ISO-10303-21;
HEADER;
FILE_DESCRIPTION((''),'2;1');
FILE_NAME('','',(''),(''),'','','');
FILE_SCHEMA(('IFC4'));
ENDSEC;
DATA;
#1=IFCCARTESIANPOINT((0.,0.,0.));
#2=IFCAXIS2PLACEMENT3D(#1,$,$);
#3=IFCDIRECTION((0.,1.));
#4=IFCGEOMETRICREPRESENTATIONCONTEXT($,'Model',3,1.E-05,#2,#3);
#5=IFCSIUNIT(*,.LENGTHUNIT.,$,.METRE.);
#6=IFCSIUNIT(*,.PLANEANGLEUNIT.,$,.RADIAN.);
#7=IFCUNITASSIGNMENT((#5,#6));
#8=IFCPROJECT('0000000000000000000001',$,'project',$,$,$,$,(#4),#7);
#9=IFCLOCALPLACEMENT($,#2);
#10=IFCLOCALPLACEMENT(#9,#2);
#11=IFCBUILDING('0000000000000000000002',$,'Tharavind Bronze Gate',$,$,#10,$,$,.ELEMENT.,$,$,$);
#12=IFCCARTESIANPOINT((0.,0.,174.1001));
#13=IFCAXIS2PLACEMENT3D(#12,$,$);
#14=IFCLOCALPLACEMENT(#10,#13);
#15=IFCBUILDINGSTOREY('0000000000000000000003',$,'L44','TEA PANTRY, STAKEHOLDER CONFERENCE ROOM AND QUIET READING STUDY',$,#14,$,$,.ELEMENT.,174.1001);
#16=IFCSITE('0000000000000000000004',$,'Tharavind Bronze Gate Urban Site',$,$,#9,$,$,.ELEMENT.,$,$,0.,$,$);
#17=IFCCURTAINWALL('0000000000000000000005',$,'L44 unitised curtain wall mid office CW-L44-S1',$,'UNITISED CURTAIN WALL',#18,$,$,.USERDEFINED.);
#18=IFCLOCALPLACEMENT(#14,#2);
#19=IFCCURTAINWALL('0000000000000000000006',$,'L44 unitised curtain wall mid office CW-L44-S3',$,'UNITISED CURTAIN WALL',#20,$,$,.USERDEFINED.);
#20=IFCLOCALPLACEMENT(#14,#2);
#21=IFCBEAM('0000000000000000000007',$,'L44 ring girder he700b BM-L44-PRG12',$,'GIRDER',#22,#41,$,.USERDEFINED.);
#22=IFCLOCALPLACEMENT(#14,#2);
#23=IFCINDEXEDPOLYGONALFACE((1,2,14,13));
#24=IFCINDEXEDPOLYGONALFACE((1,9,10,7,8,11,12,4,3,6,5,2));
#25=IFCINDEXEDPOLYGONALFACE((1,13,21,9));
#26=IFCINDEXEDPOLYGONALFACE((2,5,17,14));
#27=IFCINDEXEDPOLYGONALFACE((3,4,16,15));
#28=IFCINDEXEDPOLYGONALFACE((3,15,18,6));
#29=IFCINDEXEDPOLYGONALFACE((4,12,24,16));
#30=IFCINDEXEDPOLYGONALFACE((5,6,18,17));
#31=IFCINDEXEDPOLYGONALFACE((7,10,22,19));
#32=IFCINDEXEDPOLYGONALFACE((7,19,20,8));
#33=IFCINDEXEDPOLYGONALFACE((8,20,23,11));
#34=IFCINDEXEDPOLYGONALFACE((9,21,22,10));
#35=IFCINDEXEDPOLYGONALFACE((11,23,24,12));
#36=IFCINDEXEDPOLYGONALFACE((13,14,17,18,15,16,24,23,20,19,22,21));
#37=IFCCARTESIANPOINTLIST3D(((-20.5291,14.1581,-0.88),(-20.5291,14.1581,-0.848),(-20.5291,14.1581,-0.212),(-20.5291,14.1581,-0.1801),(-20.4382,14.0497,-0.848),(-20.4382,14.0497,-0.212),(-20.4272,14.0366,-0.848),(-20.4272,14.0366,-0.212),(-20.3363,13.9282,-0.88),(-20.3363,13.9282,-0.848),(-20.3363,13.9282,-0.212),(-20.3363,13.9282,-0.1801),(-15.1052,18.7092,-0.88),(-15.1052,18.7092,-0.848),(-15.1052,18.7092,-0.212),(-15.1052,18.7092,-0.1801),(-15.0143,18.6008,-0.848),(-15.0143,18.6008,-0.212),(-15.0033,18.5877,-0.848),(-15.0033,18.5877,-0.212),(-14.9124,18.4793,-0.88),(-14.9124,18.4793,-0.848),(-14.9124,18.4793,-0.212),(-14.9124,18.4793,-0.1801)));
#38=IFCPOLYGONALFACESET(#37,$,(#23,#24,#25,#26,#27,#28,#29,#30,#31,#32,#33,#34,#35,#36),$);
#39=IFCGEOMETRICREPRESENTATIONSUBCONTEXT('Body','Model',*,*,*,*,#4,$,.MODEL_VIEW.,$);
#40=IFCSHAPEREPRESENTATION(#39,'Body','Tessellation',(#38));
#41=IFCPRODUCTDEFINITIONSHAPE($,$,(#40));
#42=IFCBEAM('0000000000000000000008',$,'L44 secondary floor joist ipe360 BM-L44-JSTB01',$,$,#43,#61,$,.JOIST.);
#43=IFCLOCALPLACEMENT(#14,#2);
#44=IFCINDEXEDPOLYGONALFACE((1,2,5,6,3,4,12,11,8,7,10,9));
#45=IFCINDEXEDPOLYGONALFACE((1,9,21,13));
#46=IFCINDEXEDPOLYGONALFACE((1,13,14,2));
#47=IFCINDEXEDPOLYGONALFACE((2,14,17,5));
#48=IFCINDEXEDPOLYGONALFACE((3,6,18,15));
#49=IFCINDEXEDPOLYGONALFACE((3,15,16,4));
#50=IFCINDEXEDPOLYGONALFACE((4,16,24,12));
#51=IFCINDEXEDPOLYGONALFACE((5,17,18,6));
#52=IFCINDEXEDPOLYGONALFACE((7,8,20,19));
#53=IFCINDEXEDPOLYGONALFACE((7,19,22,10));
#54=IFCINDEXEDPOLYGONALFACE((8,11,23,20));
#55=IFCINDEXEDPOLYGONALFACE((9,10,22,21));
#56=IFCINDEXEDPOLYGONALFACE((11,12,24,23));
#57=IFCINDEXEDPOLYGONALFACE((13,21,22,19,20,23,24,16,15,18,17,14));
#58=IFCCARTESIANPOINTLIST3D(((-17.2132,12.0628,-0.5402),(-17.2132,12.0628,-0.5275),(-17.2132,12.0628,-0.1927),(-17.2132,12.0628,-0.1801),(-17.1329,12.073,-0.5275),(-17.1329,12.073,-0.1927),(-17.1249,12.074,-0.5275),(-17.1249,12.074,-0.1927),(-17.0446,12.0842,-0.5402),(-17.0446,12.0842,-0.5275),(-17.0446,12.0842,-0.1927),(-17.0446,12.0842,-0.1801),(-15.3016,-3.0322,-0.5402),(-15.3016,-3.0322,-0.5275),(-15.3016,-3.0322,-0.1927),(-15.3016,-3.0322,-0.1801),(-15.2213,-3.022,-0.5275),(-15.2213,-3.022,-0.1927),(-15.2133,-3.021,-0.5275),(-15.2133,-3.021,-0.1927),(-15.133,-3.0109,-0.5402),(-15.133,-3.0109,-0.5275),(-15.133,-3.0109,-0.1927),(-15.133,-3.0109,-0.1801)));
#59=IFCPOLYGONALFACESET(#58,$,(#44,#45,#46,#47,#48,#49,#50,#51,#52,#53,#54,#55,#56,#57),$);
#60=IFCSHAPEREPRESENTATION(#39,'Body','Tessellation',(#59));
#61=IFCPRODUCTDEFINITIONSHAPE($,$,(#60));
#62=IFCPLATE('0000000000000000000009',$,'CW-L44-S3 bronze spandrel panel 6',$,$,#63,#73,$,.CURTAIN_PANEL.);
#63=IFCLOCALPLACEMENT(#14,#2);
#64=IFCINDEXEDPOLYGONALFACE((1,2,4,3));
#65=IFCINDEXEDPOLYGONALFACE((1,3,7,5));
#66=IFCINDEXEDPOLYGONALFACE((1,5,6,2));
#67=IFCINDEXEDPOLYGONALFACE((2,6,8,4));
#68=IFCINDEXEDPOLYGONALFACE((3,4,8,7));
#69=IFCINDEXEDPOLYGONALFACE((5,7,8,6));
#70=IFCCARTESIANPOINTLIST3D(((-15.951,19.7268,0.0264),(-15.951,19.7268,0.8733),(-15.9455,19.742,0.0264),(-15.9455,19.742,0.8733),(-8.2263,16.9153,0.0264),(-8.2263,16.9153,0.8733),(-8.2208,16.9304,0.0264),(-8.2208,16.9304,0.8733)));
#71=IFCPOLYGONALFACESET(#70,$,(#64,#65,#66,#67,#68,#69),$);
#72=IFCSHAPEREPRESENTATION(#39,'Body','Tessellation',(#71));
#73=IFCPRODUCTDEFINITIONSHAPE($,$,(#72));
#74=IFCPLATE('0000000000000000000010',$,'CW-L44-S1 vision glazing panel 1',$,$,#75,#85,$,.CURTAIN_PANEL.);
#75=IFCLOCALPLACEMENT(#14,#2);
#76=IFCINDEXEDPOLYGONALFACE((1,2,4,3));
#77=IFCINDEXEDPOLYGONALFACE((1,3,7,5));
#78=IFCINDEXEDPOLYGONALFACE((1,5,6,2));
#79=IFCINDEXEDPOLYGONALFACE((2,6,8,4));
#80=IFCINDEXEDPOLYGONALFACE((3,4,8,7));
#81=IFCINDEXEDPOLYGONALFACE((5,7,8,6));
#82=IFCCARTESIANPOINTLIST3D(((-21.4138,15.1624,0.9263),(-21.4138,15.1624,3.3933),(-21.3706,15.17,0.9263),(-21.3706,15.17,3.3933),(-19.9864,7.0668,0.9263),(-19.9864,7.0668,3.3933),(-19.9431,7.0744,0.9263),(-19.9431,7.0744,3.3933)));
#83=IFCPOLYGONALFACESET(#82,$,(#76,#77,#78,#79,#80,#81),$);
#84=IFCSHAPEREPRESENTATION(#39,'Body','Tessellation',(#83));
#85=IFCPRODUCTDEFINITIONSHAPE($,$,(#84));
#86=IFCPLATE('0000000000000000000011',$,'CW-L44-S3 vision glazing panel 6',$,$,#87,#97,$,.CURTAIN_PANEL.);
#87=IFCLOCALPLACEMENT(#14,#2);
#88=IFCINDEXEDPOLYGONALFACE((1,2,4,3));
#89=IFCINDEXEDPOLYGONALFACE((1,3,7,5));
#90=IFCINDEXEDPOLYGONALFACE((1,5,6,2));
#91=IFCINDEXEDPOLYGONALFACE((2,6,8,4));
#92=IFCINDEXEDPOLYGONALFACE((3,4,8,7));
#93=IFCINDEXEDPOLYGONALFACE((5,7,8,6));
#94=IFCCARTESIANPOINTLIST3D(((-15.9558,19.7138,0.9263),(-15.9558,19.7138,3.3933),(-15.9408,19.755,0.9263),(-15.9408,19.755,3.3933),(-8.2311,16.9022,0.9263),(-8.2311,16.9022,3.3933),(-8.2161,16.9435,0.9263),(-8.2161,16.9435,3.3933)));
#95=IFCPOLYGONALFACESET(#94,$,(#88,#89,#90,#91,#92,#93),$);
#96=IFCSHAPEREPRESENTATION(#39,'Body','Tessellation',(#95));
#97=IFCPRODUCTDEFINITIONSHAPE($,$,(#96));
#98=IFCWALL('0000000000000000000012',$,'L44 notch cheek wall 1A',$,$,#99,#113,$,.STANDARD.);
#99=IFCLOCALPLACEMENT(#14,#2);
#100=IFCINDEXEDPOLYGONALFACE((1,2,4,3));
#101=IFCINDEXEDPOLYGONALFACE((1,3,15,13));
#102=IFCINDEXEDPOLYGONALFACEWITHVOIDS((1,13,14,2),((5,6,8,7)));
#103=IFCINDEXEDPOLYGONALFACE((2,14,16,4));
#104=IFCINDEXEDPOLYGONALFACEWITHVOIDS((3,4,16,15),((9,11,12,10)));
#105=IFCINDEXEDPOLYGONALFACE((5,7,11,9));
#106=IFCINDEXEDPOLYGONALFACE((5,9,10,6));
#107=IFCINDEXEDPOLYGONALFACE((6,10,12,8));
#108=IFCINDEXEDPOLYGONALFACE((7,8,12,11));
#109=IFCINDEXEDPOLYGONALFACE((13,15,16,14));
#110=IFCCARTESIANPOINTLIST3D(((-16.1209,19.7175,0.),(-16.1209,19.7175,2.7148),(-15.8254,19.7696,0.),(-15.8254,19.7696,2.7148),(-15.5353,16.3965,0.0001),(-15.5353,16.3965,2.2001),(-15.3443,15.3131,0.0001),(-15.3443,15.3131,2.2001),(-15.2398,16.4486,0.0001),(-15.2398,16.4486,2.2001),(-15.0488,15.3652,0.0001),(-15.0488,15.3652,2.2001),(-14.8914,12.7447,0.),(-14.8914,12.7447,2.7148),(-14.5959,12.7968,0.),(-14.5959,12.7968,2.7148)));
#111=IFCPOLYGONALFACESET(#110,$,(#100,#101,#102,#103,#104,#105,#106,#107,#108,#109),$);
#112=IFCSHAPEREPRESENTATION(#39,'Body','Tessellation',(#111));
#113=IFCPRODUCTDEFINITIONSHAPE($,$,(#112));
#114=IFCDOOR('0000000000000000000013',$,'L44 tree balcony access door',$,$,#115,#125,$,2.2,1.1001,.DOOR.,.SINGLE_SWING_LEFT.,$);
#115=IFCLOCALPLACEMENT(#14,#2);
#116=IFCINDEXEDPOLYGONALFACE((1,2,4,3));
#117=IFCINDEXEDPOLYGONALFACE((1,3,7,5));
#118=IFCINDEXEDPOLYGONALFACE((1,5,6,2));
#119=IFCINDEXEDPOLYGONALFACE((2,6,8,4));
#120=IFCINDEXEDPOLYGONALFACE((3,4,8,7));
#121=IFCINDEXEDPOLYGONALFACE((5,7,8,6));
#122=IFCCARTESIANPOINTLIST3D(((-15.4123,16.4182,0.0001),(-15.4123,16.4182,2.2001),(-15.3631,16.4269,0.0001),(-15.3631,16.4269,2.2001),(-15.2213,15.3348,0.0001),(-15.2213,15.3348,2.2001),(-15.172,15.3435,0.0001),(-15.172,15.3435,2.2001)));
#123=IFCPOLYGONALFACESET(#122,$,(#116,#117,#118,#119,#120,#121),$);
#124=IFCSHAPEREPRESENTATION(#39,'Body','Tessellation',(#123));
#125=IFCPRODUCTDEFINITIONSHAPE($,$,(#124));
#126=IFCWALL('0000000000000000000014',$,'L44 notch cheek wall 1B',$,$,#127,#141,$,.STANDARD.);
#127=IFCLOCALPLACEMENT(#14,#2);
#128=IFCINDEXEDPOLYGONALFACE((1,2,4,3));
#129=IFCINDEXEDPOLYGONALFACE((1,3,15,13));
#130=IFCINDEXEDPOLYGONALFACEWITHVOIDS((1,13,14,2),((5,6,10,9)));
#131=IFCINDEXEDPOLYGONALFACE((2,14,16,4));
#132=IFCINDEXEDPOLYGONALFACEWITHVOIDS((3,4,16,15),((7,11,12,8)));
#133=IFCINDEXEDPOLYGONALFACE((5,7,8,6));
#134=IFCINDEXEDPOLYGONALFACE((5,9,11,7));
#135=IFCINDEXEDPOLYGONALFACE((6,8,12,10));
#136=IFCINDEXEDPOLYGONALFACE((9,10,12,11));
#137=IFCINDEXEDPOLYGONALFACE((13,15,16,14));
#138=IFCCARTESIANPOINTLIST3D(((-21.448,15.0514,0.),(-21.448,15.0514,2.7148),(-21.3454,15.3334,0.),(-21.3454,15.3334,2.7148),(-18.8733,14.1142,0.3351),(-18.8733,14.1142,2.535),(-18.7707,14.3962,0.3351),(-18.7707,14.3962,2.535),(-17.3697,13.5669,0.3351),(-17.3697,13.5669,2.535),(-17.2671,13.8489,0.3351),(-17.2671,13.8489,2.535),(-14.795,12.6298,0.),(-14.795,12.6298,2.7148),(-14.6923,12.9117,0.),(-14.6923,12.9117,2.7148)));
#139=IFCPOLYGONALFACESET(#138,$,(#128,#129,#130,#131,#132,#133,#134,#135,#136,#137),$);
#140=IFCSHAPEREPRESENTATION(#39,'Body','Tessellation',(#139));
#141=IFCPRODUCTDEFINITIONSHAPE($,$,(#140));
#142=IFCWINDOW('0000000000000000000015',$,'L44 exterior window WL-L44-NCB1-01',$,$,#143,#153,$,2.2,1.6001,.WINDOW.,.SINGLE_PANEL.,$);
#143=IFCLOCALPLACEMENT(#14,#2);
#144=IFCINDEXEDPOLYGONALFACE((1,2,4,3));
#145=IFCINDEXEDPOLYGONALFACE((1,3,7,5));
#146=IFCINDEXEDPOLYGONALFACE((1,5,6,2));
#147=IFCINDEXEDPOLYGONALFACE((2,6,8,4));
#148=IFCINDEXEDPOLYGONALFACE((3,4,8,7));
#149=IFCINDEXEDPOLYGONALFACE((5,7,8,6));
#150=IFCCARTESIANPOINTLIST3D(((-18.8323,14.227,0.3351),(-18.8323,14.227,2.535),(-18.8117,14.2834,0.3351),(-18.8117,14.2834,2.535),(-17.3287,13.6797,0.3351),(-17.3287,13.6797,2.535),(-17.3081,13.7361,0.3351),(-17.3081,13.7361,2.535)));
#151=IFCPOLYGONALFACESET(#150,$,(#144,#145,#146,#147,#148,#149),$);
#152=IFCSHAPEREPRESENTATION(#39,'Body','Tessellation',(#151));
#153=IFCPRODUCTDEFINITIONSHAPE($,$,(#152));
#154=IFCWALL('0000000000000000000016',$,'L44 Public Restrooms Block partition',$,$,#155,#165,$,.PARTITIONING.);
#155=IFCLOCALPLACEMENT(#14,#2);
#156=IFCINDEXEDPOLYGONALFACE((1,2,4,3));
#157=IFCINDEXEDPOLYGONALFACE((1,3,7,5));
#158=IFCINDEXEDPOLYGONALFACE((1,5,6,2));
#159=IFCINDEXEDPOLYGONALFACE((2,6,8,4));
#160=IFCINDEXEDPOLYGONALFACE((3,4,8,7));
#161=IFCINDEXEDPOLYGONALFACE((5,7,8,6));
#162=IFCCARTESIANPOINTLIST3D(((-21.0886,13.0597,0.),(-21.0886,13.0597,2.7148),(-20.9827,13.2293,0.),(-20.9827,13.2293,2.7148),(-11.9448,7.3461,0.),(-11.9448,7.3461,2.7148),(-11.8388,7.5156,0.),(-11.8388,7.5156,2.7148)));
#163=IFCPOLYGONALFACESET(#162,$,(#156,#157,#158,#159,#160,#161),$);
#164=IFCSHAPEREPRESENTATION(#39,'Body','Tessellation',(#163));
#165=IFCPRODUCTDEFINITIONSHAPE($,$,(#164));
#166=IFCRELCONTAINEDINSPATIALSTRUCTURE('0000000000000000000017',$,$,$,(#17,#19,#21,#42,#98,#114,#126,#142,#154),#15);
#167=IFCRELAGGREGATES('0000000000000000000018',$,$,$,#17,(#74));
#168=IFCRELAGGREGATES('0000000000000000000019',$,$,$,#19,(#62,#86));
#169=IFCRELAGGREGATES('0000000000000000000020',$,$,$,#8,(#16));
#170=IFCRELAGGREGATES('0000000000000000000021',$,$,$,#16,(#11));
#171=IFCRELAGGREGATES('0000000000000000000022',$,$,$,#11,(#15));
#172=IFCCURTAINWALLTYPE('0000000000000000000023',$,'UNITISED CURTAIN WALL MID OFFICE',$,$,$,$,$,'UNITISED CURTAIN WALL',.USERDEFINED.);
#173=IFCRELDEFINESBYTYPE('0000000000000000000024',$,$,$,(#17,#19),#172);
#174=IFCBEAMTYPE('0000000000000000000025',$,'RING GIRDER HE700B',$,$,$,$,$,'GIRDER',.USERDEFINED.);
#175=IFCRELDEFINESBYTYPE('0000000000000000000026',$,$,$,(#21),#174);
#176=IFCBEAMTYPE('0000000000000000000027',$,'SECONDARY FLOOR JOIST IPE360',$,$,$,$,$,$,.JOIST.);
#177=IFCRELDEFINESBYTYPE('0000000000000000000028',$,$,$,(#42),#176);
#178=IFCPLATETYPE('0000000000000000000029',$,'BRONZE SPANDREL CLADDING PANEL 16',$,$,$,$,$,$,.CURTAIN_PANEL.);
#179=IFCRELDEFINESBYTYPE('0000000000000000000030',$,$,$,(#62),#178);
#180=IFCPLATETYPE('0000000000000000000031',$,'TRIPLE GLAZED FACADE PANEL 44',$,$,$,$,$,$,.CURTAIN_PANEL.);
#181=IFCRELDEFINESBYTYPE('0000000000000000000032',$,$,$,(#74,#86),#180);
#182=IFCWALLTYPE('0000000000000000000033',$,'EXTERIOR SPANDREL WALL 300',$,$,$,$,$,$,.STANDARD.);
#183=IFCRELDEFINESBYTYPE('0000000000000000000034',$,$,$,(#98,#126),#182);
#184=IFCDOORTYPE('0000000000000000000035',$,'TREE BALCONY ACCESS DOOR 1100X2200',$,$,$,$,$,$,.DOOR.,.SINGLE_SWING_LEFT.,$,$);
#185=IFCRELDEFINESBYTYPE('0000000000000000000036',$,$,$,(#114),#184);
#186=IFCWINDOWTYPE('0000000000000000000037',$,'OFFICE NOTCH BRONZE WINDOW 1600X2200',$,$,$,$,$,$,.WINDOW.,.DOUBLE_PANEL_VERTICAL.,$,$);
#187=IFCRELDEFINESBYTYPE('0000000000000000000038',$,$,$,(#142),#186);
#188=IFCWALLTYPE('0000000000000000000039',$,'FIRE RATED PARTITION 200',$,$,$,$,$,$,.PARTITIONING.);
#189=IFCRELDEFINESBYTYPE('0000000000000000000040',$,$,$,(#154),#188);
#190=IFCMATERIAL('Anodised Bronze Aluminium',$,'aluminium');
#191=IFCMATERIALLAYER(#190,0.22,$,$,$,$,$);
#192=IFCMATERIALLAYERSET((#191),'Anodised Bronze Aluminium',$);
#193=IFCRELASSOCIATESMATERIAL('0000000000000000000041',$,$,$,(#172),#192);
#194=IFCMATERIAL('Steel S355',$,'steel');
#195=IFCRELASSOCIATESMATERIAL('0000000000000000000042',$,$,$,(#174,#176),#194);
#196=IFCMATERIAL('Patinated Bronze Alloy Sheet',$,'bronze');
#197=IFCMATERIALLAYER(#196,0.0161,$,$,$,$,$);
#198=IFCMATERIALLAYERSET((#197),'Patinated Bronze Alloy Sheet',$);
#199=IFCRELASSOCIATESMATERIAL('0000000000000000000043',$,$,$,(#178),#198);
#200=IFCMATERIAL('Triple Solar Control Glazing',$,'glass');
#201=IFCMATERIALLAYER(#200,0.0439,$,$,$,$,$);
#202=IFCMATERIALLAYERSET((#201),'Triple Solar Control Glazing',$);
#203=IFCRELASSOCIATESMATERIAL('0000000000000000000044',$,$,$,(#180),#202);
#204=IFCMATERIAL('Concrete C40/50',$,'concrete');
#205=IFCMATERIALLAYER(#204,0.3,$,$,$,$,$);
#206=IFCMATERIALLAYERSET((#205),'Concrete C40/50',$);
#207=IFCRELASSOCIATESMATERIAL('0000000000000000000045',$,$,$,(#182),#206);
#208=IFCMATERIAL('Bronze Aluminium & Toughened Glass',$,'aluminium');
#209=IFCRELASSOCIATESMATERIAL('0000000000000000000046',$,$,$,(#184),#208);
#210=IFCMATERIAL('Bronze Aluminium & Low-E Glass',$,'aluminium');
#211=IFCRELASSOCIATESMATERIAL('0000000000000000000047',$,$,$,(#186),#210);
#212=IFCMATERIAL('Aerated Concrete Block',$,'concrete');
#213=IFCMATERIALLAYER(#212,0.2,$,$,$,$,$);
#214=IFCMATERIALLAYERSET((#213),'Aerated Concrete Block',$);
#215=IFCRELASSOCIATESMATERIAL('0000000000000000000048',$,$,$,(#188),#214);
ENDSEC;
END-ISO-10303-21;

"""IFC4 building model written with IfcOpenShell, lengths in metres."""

from ifc_helpers import new_model, si_unit, direction, frame, frame_2d, origin, origin_2d, place, context, subcontext, project, spatial, rectangle, i_section, extrude, material, layer, layer_set, material_profile, profile_set, type_object, element, fill, aggregate, save


model = new_model("IFC4")

# Units and contexts
model_context = context("Model", 3, precision=1e-05, world=origin(), true_north=direction((0.0, 1.0)))
body_context = subcontext(model_context, "Body", "Model", "MODEL_VIEW")
ifc_project = project(units=[si_unit("LENGTHUNIT", "METRE"), si_unit("PLANEANGLEUNIT", "RADIAN")], contexts=[model_context])

# Site, building, storey
site_placement = place(None, origin())
site = spatial("IfcSite", under=ifc_project, at=site_placement, Name="Tharavind Bronze Gate Urban Site", CompositionType="ELEMENT", RefElevation=0.0)
building_placement = place(site_placement, origin())
building = spatial("IfcBuilding", under=site, at=building_placement, Name="Tharavind Bronze Gate", CompositionType="ELEMENT")
storey_placement = place(building_placement, frame((0.0, 0.0, 174.1001)))
storey = spatial("IfcBuildingStorey", under=building, at=storey_placement, Name="L44", Description="TEA PANTRY, STAKEHOLDER CONFERENCE ROOM AND QUIET READING STUDY", CompositionType="ELEMENT", Elevation=174.1001)

# Curtain wall
ifc_material_1 = material(Name="Anodised Bronze Aluminium", Category="aluminium")
ifc_layer_1 = layer(ifc_material_1, 0.22)
ifc_layer_set_1 = layer_set([ifc_layer_1], Name="Anodised Bronze Aluminium")
curtain_wall_type = type_object("IfcCurtainWallType", Name="UNITISED CURTAIN WALL MID OFFICE", ElementType="UNITISED CURTAIN WALL", PredefinedType="USERDEFINED", material=ifc_layer_set_1)
curtain_wall_1_placement = place(storey_placement, origin())
curtain_wall_1 = element("IfcCurtainWall", 1, at=curtain_wall_1_placement, inside=storey, type_object=curtain_wall_type, Name="L44 unitised curtain wall mid office CW-L44-S1", ObjectType="UNITISED CURTAIN WALL", PredefinedType="USERDEFINED")

# Curtain wall
curtain_wall_2_placement = place(storey_placement, origin())
curtain_wall_2 = element("IfcCurtainWall", 2, at=curtain_wall_2_placement, inside=storey, type_object=curtain_wall_type, Name="L44 unitised curtain wall mid office CW-L44-S3", ObjectType="UNITISED CURTAIN WALL", PredefinedType="USERDEFINED")

# Beams
ifc_material_2 = material(Name="Steel S355", Category="steel")
ifc_material_profile_1 = material_profile(ifc_material_2, i_section(OverallWidth=0.3, OverallDepth=0.7, WebThickness=0.0171, FlangeThickness=0.032, at=origin_2d()), Name="HE700B")
ifc_profile_set_1 = profile_set([ifc_material_profile_1], Name="Steel S355")
beam_type_1 = type_object("IfcBeamType", Name="RING GIRDER HE700B", ElementType="GIRDER", PredefinedType="USERDEFINED", material=ifc_profile_set_1)
beam_1_placement = place(storey_placement, frame((-15.0088, 18.5942, -0.53), z_axis=(-0.766052, -0.642779, 0.0), x_axis=(0.642779, -0.766052, 0.0)))
element("IfcBeam", 3, at=beam_1_placement, inside=storey, type_object=beam_type_1, Name="L44 ring girder he700b BM-L44-PRG12", ObjectType="GIRDER", PredefinedType="USERDEFINED", context=body_context, shape_type="SweptSolid", body=[
    extrude(i_section(OverallWidth=0.3, OverallDepth=0.7, WebThickness=0.0171, FlangeThickness=0.032, at=origin_2d()), origin(), (0.0, 0.0, 1.0), 7.0803),
])
ifc_material_profile_2 = material_profile(ifc_material_2, i_section(OverallWidth=0.1699, OverallDepth=0.3601, WebThickness=0.0081, FlangeThickness=0.0127, at=origin_2d()), Name="IPE360")
ifc_profile_set_2 = profile_set([ifc_material_profile_2], Name="Steel S355")
beam_type_2 = type_object("IfcBeamType", Name="SECONDARY FLOOR JOIST IPE360", PredefinedType="JOIST", material=ifc_profile_set_2)
beam_2_placement = place(storey_placement, frame((-17.1289, 12.0735, -0.3601), z_axis=(0.125636, -0.992076, 0.0), x_axis=(0.992076, 0.125636, 0.0)))
element("IfcBeam", 4, at=beam_2_placement, inside=storey, type_object=beam_type_2, Name="L44 secondary floor joist ipe360 BM-L44-JSTB01", PredefinedType="JOIST", context=body_context, shape_type="SweptSolid", body=[
    extrude(i_section(OverallWidth=0.1699, OverallDepth=0.3601, WebThickness=0.0081, FlangeThickness=0.0127, at=origin_2d()), origin(), (0.0, 0.0, 1.0), 15.2156),
])

# Plates
ifc_material_3 = material(Name="Patinated Bronze Alloy Sheet", Category="bronze")
ifc_layer_2 = layer(ifc_material_3, 0.0161)
ifc_layer_set_2 = layer_set([ifc_layer_2], Name="Patinated Bronze Alloy Sheet")
plate_type_1 = type_object("IfcPlateType", Name="BRONZE SPANDREL CLADDING PANEL 16", PredefinedType="CURTAIN_PANEL", material=ifc_layer_set_2)
plate_1_placement = place(storey_placement, frame((-12.0859, 18.3286, 0.0264), z_axis=(0.0, 0.0, 1.0), x_axis=(-0.939692, 0.342022, 0.0)))
plate_1 = element("IfcPlate", 5, at=plate_1_placement, type_object=plate_type_1, Name="CW-L44-S3 bronze spandrel panel 6", PredefinedType="CURTAIN_PANEL", context=body_context, shape_type="SweptSolid", body=[
    extrude(rectangle(XDim=8.2205, YDim=0.0161, at=origin_2d()), origin(), (0.0, 0.0, 1.0), 0.8469),
])
ifc_material_4 = material(Name="Triple Solar Control Glazing", Category="glass")
ifc_layer_3 = layer(ifc_material_4, 0.0439)
ifc_layer_set_3 = layer_set([ifc_layer_3], Name="Triple Solar Control Glazing")
plate_type_2 = type_object("IfcPlateType", Name="TRIPLE GLAZED FACADE PANEL 44", PredefinedType="CURTAIN_PANEL", material=ifc_layer_set_3)
plate_2_placement = place(storey_placement, frame((-20.6785, 11.1184, 0.9263), z_axis=(0.0, 0.0, 1.0), x_axis=(0.173648, -0.984808, 0.0)))
plate_2 = element("IfcPlate", 6, at=plate_2_placement, type_object=plate_type_2, Name="CW-L44-S1 vision glazing panel 1", PredefinedType="CURTAIN_PANEL", context=body_context, shape_type="SweptSolid", body=[
    extrude(rectangle(XDim=8.2205, YDim=0.0439, at=origin_2d()), origin(), (0.0, 0.0, 1.0), 2.467),
])
aggregate(curtain_wall_1, [plate_2])
plate_3_placement = place(storey_placement, frame((-12.0859, 18.3286, 0.9263), z_axis=(0.0, 0.0, 1.0), x_axis=(-0.939692, 0.342022, 0.0)))
plate_3 = element("IfcPlate", 7, at=plate_3_placement, type_object=plate_type_2, Name="CW-L44-S3 vision glazing panel 6", PredefinedType="CURTAIN_PANEL", context=body_context, shape_type="SweptSolid", body=[
    extrude(rectangle(XDim=8.2205, YDim=0.0439, at=origin_2d()), origin(), (0.0, 0.0, 1.0), 2.467),
])
aggregate(curtain_wall_2, [plate_1, plate_3])

# Wall, opening, door
ifc_material_5 = material(Name="Concrete C40/50", Category="concrete")
ifc_layer_4 = layer(ifc_material_5, 0.3)
ifc_layer_set_4 = layer_set([ifc_layer_4], Name="Concrete C40/50")
wall_type_1 = type_object("IfcWallType", Name="EXTERIOR SPANDREL WALL 300", PredefinedType="STANDARD", material=ifc_layer_set_4)
wall_1_placement = place(storey_placement, frame((-15.9731, 19.7434, 0.0), z_axis=(0.0, 0.0, 1.0), x_axis=(0.173652, -0.984807, 0.0)))
wall_1 = element("IfcWall", 8, at=wall_1_placement, inside=storey, type_object=wall_type_1, Name="L44 notch cheek wall 1A", PredefinedType="STANDARD", context=body_context, shape_type="SweptSolid", body=[
    extrude(rectangle(XDim=7.0803, YDim=0.3, at=frame_2d((3.54, 0.0))), origin(), (0.0, 0.0, 1.0), 2.7148),
])
opening_1_placement = place(wall_1_placement, frame((3.3721, 0.0, 0.0)))
opening_1 = element("IfcOpeningElement", 9, at=opening_1_placement, cuts=wall_1, PredefinedType="OPENING", context=body_context, shape_type="SweptSolid", body=[
    extrude(rectangle(XDim=1.1001, YDim=2.2, at=frame_2d((0.55, 1.1001))), frame((0.0, 0.1599, 0.0), z_axis=(0.0, -1.0, 0.0), x_axis=(1.0, 0.0, 0.0)), (0.0, 0.0, 1.0), 0.32),
])
ifc_material_6 = material(Name="Bronze Aluminium & Toughened Glass", Category="aluminium")
door_type = type_object("IfcDoorType", Name="TREE BALCONY ACCESS DOOR 1100X2200", OperationType="SINGLE_SWING_LEFT", PredefinedType="DOOR", material=ifc_material_6)
door_placement = place(opening_1_placement, origin())
door = element("IfcDoor", 10, at=door_placement, inside=storey, type_object=door_type, Name="L44 tree balcony access door", OperationType="SINGLE_SWING_LEFT", OverallHeight=2.2, OverallWidth=1.1001, PredefinedType="DOOR", context=body_context, shape_type="SweptSolid", body=[
    extrude(rectangle(XDim=1.1001, YDim=2.2, at=frame_2d((0.55, 1.1001))), frame((0.0, 0.0249, 0.0), z_axis=(0.0, -1.0, 0.0), x_axis=(1.0, 0.0, 0.0)), (0.0, 0.0, 1.0), 0.05),
])
fill(opening_1, door)

# Wall, opening, window
wall_2_placement = place(storey_placement, frame((-14.7437, 12.7708, 0.0), z_axis=(0.0, 0.0, 1.0), x_axis=(-0.939688, 0.342034, 0.0)))
wall_2 = element("IfcWall", 11, at=wall_2_placement, inside=storey, type_object=wall_type_1, Name="L44 notch cheek wall 1B", PredefinedType="STANDARD", context=body_context, shape_type="SweptSolid", body=[
    extrude(rectangle(XDim=7.0801, YDim=0.3, at=frame_2d((3.54, 0.0))), origin(), (0.0, 0.0, 1.0), 2.7148),
])
opening_2_placement = place(wall_2_placement, frame((2.74, 0.0, 0.335)))
opening_2 = element("IfcOpeningElement", 12, at=opening_2_placement, cuts=wall_2, PredefinedType="OPENING", context=body_context, shape_type="SweptSolid", body=[
    extrude(rectangle(XDim=1.6001, YDim=2.2, at=frame_2d((0.8, 1.1001))), frame((0.0, 0.1599, 0.0), z_axis=(0.0, -1.0, 0.0), x_axis=(1.0, 0.0, 0.0)), (0.0, 0.0, 1.0), 0.32),
])
ifc_material_7 = material(Name="Bronze Aluminium & Low-E Glass", Category="aluminium")
window_type = type_object("IfcWindowType", Name="OFFICE NOTCH BRONZE WINDOW 1600X2200", PartitioningType="DOUBLE_PANEL_VERTICAL", PredefinedType="WINDOW", material=ifc_material_7)
window_placement = place(opening_2_placement, origin())
window = element("IfcWindow", 13, at=window_placement, inside=storey, type_object=window_type, Name="L44 exterior window WL-L44-NCB1-01", OverallHeight=2.2, OverallWidth=1.6001, PartitioningType="SINGLE_PANEL", PredefinedType="WINDOW", context=body_context, shape_type="SweptSolid", body=[
    extrude(rectangle(XDim=1.6001, YDim=2.2, at=frame_2d((0.8, 1.1001))), frame((0.0, 0.03, 0.0), z_axis=(0.0, -1.0, 0.0), x_axis=(1.0, 0.0, 0.0)), (0.0, 0.0, 1.0), 0.0601),
])
fill(opening_2, window)

# Wall
ifc_material_8 = material(Name="Aerated Concrete Block", Category="concrete")
ifc_layer_5 = layer(ifc_material_8, 0.2)
ifc_layer_set_5 = layer_set([ifc_layer_5], Name="Aerated Concrete Block")
wall_type_2 = type_object("IfcWallType", Name="FIRE RATED PARTITION 200", PredefinedType="PARTITIONING", material=ifc_layer_set_5)
wall_3_placement = place(storey_placement, frame((-21.0356, 13.1445, 0.0), z_axis=(0.0, 0.0, 1.0), x_axis=(0.84805, -0.529915, 0.0)))
element("IfcWall", 14, at=wall_3_placement, inside=storey, type_object=wall_type_2, Name="L44 Public Restrooms Block partition", PredefinedType="PARTITIONING", context=body_context, shape_type="SweptSolid", body=[
    extrude(rectangle(XDim=10.7822, YDim=0.2, at=frame_2d((5.3911, 0.0))), origin(), (0.0, 0.0, 1.0), 2.7148),
])

save(model, "model.ifc")
